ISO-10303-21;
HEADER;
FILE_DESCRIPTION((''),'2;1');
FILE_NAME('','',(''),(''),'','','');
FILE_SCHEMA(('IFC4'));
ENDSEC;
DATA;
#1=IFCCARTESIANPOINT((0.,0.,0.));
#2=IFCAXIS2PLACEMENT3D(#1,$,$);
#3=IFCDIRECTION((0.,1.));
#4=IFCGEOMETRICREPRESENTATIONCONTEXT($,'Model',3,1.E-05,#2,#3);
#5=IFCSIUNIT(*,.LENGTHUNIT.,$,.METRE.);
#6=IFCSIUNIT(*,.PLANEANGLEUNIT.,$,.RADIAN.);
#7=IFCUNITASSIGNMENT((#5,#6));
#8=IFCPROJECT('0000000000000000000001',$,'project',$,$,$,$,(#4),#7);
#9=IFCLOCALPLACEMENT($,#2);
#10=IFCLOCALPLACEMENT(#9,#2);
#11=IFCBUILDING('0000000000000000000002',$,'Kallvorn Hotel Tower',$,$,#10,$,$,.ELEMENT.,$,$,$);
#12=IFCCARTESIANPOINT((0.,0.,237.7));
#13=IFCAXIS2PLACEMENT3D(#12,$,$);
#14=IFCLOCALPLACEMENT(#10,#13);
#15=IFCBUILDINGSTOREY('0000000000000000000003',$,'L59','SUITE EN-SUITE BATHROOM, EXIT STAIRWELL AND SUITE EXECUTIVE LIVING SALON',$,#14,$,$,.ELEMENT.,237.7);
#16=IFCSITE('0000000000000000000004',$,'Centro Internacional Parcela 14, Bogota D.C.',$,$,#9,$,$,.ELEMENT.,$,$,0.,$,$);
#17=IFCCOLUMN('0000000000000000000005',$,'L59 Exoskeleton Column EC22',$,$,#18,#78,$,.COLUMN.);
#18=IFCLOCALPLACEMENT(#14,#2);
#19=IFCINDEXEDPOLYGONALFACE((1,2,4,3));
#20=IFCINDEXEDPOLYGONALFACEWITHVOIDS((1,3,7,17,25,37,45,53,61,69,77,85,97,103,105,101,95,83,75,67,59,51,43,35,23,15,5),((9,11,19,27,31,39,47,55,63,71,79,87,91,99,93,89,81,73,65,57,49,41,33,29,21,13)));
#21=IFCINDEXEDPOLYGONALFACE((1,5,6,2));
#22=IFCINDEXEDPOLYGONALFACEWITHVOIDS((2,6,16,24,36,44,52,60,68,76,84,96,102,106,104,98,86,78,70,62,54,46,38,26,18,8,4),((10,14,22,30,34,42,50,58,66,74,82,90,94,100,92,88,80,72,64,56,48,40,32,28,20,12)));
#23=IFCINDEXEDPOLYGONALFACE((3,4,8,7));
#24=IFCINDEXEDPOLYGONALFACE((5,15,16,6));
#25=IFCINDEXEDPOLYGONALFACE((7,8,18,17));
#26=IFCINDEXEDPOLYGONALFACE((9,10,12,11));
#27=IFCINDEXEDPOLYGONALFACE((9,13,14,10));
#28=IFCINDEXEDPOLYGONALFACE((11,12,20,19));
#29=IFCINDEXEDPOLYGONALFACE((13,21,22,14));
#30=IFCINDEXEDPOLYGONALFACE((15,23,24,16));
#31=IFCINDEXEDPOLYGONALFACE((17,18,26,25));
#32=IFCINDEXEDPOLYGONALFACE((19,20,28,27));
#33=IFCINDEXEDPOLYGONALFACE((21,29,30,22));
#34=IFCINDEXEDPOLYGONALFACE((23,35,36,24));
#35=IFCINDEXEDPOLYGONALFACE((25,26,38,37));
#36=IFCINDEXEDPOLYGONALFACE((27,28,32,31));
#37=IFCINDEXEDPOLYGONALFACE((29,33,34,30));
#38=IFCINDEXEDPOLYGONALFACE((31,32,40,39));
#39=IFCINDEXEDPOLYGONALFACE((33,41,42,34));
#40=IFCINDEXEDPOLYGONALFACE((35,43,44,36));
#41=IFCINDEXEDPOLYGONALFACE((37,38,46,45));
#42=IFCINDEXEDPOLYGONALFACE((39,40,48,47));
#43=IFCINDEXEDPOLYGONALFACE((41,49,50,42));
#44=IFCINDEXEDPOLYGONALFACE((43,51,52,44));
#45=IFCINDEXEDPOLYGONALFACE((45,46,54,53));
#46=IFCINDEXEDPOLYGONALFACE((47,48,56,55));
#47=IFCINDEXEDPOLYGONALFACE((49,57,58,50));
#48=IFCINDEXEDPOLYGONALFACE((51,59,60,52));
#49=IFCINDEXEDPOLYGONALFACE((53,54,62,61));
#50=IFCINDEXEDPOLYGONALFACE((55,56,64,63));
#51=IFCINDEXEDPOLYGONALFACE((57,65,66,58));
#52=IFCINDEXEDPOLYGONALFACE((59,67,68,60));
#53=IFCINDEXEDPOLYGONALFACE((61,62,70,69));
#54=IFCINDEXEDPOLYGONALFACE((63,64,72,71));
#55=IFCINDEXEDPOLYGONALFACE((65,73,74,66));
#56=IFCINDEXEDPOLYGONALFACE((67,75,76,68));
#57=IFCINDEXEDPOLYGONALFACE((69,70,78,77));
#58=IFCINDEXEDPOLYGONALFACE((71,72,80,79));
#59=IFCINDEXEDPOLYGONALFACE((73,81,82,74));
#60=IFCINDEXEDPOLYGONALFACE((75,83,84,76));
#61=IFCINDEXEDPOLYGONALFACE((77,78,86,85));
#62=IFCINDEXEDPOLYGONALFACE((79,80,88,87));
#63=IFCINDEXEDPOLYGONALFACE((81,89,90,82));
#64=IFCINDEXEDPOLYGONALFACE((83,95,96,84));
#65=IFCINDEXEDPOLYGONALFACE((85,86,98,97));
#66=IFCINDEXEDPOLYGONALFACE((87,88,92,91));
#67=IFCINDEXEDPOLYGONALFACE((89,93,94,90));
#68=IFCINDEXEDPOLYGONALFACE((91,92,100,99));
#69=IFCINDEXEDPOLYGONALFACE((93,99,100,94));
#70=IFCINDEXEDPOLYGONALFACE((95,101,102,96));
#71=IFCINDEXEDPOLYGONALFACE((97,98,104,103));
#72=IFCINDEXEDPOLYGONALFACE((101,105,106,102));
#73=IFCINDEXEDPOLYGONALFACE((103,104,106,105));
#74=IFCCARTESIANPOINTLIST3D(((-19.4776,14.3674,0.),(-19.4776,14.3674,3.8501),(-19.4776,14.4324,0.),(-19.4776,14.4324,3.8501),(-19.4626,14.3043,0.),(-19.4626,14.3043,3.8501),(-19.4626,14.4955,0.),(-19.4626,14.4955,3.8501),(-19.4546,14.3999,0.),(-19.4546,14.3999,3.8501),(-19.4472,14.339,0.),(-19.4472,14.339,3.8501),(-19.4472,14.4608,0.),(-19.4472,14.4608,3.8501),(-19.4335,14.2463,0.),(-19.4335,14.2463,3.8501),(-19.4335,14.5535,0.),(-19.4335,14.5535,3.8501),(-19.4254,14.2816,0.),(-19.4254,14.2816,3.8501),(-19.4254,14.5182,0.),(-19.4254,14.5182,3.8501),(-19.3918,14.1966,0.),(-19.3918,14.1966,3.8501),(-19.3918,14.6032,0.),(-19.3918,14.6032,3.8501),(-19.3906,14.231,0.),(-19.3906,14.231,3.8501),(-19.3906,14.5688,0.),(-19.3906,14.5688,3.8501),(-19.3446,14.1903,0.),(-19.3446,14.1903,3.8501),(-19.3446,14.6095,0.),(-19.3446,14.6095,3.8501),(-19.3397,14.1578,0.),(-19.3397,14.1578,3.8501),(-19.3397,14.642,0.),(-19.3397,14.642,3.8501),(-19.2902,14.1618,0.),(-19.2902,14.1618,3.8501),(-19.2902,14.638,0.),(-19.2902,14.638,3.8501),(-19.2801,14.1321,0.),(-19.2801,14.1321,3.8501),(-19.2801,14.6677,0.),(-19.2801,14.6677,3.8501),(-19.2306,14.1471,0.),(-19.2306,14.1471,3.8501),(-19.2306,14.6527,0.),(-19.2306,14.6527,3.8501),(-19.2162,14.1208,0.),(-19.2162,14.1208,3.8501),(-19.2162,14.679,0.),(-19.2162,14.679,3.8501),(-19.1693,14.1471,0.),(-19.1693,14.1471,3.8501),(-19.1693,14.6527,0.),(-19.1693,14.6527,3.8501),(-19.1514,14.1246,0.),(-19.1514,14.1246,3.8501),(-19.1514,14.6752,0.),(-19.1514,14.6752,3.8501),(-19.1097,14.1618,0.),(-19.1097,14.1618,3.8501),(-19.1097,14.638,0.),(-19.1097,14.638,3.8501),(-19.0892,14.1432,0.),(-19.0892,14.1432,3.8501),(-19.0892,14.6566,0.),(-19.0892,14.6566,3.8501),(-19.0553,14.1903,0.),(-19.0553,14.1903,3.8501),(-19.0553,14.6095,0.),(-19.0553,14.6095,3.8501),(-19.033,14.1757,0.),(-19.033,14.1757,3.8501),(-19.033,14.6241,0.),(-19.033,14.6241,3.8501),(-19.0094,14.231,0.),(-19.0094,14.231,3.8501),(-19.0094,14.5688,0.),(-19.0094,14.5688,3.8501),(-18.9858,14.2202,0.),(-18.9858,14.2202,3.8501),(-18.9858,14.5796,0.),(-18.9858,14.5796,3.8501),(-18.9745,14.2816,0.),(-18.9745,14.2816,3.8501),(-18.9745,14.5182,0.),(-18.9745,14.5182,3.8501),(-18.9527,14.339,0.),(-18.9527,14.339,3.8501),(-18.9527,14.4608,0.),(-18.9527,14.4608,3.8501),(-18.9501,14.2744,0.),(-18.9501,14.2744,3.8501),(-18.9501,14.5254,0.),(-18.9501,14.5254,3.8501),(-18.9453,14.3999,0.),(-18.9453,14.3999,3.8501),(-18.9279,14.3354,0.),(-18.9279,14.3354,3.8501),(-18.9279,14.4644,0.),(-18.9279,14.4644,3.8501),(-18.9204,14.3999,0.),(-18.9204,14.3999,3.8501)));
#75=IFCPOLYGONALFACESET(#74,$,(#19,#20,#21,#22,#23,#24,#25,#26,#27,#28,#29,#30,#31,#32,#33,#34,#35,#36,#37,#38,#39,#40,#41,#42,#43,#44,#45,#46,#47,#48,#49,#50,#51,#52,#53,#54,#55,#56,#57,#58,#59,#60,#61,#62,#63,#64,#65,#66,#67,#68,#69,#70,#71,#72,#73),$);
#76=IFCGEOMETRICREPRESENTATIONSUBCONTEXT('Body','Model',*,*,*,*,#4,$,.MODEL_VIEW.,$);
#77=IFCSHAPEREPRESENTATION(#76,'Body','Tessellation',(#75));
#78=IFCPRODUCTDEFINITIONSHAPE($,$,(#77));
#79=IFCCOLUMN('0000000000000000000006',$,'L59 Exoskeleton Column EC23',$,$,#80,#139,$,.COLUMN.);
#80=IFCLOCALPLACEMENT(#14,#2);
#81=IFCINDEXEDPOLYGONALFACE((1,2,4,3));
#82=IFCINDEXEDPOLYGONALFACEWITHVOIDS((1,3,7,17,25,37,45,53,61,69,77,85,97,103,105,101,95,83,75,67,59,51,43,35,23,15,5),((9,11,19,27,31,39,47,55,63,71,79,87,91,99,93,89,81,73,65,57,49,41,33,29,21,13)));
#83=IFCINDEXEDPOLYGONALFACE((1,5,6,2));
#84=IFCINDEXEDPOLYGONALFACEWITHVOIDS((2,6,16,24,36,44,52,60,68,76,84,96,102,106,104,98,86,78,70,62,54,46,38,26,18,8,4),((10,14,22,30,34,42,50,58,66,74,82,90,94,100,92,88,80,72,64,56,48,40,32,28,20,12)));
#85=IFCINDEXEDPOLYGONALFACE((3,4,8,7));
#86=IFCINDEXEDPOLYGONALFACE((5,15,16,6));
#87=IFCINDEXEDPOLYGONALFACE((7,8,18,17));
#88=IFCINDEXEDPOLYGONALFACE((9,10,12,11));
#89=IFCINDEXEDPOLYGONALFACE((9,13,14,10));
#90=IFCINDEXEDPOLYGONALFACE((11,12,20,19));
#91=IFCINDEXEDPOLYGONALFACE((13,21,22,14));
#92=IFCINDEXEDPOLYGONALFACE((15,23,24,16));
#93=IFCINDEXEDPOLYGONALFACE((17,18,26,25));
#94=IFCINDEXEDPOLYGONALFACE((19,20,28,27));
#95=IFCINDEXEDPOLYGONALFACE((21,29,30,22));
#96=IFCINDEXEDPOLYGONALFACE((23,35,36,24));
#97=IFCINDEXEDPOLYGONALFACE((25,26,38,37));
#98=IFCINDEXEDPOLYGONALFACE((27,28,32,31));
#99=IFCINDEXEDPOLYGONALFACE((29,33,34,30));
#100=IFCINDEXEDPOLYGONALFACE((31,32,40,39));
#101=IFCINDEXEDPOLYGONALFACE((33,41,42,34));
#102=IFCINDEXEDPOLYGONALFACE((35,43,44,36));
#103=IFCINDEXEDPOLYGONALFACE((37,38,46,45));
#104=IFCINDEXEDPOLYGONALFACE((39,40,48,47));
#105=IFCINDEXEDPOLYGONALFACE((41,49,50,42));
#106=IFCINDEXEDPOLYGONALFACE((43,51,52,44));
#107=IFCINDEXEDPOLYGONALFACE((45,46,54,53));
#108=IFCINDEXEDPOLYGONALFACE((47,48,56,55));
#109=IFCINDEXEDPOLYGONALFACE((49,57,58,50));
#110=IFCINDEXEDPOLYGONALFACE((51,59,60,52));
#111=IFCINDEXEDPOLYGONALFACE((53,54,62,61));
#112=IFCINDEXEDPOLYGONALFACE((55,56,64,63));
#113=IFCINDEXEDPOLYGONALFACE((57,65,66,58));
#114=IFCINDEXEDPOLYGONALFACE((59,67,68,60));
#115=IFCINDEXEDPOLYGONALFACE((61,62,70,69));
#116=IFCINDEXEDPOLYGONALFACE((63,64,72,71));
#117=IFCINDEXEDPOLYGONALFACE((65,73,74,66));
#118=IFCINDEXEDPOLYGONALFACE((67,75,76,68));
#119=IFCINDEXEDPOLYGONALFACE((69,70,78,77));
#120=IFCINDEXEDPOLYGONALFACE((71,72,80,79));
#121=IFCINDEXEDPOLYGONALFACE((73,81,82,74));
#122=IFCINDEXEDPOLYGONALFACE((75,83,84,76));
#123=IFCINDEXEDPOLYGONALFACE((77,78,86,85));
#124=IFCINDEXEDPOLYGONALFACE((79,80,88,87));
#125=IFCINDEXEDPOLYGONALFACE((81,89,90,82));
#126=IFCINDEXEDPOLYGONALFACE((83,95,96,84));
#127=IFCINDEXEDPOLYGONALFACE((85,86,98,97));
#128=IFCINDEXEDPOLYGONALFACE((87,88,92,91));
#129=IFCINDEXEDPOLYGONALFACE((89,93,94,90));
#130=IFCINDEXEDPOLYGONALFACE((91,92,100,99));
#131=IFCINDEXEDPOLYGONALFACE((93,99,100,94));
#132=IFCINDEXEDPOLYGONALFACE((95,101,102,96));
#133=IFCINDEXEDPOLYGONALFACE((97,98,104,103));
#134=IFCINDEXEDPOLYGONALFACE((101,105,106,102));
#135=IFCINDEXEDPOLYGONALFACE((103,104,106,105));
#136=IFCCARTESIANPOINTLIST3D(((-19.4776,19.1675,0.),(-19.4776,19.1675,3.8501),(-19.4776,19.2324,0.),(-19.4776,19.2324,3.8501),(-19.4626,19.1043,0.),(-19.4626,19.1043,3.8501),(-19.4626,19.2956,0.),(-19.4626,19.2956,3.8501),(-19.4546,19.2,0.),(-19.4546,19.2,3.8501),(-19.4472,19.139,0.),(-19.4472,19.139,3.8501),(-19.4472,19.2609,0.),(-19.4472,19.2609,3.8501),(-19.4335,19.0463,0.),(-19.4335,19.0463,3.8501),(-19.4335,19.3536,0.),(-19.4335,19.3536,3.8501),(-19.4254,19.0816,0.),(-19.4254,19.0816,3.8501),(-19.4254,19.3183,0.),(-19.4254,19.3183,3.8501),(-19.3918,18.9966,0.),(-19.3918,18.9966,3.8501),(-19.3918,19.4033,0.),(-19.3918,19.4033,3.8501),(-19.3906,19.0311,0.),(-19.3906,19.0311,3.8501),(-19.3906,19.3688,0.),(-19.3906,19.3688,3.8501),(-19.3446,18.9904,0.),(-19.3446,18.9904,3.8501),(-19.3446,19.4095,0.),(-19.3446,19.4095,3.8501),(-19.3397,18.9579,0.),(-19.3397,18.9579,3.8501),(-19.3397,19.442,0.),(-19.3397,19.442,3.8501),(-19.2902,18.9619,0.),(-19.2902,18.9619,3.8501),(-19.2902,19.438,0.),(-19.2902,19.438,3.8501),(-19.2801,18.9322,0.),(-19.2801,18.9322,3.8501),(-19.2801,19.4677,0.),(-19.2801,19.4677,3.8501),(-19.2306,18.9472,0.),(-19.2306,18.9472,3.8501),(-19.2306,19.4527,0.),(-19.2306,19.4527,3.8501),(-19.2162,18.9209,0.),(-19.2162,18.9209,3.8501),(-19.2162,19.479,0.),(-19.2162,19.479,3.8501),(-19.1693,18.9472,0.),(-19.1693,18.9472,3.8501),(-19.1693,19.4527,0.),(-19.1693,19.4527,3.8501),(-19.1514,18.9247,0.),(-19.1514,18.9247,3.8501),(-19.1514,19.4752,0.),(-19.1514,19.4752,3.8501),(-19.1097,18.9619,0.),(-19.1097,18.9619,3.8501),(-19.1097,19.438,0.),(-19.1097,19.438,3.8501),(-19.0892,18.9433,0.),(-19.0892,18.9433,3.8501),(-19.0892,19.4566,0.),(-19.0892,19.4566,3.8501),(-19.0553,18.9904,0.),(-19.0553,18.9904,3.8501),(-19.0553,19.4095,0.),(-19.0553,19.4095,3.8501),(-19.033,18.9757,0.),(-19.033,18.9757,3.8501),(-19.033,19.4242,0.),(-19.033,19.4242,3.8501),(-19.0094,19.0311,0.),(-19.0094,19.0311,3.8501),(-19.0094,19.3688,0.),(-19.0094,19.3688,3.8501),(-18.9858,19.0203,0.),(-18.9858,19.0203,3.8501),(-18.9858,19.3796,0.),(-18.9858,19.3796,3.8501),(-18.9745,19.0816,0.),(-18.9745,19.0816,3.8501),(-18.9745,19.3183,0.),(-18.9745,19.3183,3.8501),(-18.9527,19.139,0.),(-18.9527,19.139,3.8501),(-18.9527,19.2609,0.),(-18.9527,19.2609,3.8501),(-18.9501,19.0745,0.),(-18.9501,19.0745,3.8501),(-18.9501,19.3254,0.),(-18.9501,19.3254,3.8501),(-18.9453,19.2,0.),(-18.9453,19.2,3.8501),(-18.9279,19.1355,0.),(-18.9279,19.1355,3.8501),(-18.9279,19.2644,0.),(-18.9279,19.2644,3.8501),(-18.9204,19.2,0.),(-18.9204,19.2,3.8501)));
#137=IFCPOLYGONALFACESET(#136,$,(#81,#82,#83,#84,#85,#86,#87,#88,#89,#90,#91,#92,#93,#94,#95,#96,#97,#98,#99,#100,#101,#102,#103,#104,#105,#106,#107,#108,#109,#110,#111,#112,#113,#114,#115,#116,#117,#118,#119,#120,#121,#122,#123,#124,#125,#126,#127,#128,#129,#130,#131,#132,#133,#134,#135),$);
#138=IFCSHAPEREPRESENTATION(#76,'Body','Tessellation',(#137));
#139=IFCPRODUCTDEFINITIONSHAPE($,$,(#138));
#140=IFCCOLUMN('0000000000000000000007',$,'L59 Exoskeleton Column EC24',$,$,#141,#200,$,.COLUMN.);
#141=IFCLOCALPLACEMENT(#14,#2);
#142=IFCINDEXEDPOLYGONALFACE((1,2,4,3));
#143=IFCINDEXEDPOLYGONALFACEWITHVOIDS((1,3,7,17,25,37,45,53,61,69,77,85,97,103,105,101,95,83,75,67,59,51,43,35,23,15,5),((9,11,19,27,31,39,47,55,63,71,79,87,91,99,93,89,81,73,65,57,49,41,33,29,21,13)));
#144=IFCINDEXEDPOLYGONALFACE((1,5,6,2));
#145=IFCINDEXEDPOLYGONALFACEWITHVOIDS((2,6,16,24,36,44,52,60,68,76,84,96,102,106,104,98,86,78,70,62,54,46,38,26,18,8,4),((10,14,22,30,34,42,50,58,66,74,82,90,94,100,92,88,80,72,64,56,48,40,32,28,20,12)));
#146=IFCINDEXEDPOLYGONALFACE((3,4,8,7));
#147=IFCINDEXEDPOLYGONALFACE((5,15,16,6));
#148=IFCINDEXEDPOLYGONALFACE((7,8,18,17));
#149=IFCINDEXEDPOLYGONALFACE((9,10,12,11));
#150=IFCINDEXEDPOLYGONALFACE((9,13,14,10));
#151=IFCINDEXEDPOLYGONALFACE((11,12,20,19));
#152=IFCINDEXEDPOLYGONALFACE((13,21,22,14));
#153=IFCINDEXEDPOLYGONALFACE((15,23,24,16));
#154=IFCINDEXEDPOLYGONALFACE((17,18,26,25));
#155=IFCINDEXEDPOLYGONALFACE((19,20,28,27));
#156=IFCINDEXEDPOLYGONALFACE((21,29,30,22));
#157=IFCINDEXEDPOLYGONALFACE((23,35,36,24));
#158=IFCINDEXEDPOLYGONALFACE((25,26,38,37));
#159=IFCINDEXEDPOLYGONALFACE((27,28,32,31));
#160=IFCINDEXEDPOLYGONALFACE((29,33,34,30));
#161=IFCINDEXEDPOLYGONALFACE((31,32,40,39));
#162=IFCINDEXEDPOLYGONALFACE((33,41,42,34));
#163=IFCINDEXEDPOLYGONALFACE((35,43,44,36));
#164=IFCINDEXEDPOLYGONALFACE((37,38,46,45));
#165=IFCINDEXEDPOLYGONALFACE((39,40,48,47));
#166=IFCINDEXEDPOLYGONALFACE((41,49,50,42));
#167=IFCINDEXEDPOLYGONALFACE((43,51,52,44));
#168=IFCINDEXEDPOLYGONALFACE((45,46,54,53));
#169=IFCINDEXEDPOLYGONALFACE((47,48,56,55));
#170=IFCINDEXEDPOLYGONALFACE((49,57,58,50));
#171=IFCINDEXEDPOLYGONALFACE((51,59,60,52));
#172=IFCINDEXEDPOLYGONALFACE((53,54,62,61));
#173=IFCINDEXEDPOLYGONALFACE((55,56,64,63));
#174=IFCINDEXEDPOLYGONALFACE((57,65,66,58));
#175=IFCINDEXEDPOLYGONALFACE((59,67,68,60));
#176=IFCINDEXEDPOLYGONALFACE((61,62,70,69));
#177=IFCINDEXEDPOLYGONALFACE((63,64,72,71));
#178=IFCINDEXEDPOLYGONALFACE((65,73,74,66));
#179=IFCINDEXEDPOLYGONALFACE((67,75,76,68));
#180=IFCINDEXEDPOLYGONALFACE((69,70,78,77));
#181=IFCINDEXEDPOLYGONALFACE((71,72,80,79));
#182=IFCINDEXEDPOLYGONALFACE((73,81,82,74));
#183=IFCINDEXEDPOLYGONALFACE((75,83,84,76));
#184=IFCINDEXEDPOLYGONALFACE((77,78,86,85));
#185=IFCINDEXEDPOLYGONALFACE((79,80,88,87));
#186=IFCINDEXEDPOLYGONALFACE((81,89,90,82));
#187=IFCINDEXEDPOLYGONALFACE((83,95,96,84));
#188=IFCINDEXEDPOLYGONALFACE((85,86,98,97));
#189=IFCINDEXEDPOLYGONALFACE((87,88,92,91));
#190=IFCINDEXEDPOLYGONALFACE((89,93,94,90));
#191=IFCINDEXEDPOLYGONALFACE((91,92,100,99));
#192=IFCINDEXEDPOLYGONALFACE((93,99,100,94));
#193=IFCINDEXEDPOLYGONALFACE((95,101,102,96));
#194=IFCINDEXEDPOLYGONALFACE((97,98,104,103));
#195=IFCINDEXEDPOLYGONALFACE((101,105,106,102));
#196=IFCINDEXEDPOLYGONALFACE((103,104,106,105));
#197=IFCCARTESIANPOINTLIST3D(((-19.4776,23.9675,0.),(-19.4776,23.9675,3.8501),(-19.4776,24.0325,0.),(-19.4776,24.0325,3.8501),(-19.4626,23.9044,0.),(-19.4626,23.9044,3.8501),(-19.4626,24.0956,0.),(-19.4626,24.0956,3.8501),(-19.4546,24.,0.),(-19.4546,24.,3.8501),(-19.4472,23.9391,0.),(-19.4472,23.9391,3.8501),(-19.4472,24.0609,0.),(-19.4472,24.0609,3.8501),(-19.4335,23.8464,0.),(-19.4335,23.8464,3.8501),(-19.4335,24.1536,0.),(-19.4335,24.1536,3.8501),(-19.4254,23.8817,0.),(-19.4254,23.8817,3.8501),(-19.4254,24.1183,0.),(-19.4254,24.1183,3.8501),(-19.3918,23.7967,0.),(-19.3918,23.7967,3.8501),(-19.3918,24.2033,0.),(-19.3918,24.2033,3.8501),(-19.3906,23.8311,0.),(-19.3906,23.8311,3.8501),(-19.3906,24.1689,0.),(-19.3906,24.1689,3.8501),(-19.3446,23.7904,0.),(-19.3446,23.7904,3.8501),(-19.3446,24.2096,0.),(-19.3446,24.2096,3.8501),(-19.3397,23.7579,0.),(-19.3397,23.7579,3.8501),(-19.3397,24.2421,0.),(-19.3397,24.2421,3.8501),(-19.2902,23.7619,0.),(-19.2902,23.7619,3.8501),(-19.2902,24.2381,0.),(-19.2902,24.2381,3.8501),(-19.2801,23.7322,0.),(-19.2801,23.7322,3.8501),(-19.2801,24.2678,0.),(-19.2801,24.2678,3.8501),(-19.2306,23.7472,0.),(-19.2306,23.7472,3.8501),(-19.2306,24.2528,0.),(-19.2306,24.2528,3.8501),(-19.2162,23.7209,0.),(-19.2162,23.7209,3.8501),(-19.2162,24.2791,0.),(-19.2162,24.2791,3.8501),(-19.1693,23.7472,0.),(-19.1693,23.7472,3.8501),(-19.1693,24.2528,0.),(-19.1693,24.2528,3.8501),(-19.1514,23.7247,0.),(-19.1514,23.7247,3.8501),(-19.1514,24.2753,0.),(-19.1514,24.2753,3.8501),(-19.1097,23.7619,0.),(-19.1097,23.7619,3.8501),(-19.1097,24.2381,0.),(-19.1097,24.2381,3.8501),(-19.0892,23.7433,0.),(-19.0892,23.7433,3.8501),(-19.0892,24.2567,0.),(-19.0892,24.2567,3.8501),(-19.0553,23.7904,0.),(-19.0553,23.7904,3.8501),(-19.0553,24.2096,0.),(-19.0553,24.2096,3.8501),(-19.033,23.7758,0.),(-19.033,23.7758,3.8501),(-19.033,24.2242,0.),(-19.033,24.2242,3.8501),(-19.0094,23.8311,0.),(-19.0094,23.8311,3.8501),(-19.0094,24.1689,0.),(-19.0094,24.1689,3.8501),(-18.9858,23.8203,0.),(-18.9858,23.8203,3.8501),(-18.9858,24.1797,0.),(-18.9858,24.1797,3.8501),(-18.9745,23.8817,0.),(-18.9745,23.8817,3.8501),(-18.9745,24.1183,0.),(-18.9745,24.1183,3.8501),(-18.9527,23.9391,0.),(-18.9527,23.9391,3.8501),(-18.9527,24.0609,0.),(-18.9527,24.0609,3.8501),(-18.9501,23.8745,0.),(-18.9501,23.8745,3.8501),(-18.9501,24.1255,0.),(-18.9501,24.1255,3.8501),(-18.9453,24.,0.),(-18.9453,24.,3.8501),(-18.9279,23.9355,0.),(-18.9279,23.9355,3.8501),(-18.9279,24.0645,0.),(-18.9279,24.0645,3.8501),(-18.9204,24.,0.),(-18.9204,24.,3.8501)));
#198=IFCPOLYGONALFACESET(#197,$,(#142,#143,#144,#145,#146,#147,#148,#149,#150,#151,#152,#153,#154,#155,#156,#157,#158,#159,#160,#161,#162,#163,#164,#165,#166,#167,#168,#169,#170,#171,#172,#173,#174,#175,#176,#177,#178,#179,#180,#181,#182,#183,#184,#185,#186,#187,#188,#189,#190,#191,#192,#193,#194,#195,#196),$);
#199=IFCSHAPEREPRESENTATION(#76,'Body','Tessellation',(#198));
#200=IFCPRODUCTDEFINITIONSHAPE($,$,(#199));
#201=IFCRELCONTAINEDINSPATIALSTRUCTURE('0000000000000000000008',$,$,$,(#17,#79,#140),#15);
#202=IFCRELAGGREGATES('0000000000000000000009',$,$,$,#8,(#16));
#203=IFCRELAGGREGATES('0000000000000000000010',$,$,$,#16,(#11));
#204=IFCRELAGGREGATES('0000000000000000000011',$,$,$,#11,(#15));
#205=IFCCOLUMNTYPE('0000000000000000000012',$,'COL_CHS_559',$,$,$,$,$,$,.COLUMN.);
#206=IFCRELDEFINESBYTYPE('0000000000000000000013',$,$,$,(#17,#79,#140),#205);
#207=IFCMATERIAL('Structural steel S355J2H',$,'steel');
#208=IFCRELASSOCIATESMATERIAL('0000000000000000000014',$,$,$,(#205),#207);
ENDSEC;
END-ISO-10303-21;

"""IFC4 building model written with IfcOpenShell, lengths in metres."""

from ifc_helpers import new_model, si_unit, direction, frame, origin, origin_2d, place, context, subcontext, project, spatial, hollow_circle, extrude, material, material_profile, profile_set, type_object, element, save


model = new_model("IFC4")

# Units and contexts
model_context = context("Model", 3, precision=1e-05, world=origin(), true_north=direction((0.0, 1.0)))
body_context = subcontext(model_context, "Body", "Model", "MODEL_VIEW")
ifc_project = project(units=[si_unit("LENGTHUNIT", "METRE"), si_unit("PLANEANGLEUNIT", "RADIAN")], contexts=[model_context])

# Site, building, storey
site_placement = place(None, origin())
site = spatial("IfcSite", under=ifc_project, at=site_placement, Name="Centro Internacional Parcela 14, Bogota D.C.", CompositionType="ELEMENT", RefElevation=0.0)
building_placement = place(site_placement, origin())
building = spatial("IfcBuilding", under=site, at=building_placement, Name="Kallvorn Hotel Tower", CompositionType="ELEMENT")
storey_placement = place(building_placement, frame((0.0, 0.0, 237.7)))
storey = spatial("IfcBuildingStorey", under=building, at=storey_placement, Name="L59", Description="SUITE EN-SUITE BATHROOM, EXIT STAIRWELL AND SUITE EXECUTIVE LIVING SALON", CompositionType="ELEMENT", Elevation=237.7)

# Columns
ifc_material_1 = material(Name="Structural steel S355J2H", Category="steel")
ifc_material_profile_1 = material_profile(ifc_material_1, hollow_circle(Radius=0.2795, WallThickness=0.0249, at=origin_2d()), Name="CHS 559x25")
ifc_profile_set_1 = profile_set([ifc_material_profile_1], Name="Structural steel S355J2H")
column_type_1 = type_object("IfcColumnType", Name="COL_CHS_559", PredefinedType="COLUMN", material=ifc_profile_set_1)
for number, where, z_axis, x_axis, name in (
    (1, (-19.2, 14.3999, 0.0), (0.0, 0.0, 1.0), (1.0, 0.0, 0.0), "L59 Exoskeleton Column EC22"),
    (2, (-19.2, 19.2, 0.0), (0.0, 0.0, 1.0), (1.0, 0.0, 0.0), "L59 Exoskeleton Column EC23"),
    (3, (-19.2, 24.0, 0.0), (0.0, 0.0, 1.0), (1.0, 0.0, 0.0), "L59 Exoskeleton Column EC24"),
):
    element("IfcColumn", number, at=place(storey_placement, frame(where, z_axis=z_axis, x_axis=x_axis)), inside=storey, type_object=column_type_1, Name=name, PredefinedType="COLUMN", context=body_context, shape_type="SweptSolid", body=[
        extrude(hollow_circle(Radius=0.2795, WallThickness=0.0249, at=origin_2d()), origin(), (0.0, 0.0, 1.0), 3.8501),
    ])

save(model, "model.ifc")
